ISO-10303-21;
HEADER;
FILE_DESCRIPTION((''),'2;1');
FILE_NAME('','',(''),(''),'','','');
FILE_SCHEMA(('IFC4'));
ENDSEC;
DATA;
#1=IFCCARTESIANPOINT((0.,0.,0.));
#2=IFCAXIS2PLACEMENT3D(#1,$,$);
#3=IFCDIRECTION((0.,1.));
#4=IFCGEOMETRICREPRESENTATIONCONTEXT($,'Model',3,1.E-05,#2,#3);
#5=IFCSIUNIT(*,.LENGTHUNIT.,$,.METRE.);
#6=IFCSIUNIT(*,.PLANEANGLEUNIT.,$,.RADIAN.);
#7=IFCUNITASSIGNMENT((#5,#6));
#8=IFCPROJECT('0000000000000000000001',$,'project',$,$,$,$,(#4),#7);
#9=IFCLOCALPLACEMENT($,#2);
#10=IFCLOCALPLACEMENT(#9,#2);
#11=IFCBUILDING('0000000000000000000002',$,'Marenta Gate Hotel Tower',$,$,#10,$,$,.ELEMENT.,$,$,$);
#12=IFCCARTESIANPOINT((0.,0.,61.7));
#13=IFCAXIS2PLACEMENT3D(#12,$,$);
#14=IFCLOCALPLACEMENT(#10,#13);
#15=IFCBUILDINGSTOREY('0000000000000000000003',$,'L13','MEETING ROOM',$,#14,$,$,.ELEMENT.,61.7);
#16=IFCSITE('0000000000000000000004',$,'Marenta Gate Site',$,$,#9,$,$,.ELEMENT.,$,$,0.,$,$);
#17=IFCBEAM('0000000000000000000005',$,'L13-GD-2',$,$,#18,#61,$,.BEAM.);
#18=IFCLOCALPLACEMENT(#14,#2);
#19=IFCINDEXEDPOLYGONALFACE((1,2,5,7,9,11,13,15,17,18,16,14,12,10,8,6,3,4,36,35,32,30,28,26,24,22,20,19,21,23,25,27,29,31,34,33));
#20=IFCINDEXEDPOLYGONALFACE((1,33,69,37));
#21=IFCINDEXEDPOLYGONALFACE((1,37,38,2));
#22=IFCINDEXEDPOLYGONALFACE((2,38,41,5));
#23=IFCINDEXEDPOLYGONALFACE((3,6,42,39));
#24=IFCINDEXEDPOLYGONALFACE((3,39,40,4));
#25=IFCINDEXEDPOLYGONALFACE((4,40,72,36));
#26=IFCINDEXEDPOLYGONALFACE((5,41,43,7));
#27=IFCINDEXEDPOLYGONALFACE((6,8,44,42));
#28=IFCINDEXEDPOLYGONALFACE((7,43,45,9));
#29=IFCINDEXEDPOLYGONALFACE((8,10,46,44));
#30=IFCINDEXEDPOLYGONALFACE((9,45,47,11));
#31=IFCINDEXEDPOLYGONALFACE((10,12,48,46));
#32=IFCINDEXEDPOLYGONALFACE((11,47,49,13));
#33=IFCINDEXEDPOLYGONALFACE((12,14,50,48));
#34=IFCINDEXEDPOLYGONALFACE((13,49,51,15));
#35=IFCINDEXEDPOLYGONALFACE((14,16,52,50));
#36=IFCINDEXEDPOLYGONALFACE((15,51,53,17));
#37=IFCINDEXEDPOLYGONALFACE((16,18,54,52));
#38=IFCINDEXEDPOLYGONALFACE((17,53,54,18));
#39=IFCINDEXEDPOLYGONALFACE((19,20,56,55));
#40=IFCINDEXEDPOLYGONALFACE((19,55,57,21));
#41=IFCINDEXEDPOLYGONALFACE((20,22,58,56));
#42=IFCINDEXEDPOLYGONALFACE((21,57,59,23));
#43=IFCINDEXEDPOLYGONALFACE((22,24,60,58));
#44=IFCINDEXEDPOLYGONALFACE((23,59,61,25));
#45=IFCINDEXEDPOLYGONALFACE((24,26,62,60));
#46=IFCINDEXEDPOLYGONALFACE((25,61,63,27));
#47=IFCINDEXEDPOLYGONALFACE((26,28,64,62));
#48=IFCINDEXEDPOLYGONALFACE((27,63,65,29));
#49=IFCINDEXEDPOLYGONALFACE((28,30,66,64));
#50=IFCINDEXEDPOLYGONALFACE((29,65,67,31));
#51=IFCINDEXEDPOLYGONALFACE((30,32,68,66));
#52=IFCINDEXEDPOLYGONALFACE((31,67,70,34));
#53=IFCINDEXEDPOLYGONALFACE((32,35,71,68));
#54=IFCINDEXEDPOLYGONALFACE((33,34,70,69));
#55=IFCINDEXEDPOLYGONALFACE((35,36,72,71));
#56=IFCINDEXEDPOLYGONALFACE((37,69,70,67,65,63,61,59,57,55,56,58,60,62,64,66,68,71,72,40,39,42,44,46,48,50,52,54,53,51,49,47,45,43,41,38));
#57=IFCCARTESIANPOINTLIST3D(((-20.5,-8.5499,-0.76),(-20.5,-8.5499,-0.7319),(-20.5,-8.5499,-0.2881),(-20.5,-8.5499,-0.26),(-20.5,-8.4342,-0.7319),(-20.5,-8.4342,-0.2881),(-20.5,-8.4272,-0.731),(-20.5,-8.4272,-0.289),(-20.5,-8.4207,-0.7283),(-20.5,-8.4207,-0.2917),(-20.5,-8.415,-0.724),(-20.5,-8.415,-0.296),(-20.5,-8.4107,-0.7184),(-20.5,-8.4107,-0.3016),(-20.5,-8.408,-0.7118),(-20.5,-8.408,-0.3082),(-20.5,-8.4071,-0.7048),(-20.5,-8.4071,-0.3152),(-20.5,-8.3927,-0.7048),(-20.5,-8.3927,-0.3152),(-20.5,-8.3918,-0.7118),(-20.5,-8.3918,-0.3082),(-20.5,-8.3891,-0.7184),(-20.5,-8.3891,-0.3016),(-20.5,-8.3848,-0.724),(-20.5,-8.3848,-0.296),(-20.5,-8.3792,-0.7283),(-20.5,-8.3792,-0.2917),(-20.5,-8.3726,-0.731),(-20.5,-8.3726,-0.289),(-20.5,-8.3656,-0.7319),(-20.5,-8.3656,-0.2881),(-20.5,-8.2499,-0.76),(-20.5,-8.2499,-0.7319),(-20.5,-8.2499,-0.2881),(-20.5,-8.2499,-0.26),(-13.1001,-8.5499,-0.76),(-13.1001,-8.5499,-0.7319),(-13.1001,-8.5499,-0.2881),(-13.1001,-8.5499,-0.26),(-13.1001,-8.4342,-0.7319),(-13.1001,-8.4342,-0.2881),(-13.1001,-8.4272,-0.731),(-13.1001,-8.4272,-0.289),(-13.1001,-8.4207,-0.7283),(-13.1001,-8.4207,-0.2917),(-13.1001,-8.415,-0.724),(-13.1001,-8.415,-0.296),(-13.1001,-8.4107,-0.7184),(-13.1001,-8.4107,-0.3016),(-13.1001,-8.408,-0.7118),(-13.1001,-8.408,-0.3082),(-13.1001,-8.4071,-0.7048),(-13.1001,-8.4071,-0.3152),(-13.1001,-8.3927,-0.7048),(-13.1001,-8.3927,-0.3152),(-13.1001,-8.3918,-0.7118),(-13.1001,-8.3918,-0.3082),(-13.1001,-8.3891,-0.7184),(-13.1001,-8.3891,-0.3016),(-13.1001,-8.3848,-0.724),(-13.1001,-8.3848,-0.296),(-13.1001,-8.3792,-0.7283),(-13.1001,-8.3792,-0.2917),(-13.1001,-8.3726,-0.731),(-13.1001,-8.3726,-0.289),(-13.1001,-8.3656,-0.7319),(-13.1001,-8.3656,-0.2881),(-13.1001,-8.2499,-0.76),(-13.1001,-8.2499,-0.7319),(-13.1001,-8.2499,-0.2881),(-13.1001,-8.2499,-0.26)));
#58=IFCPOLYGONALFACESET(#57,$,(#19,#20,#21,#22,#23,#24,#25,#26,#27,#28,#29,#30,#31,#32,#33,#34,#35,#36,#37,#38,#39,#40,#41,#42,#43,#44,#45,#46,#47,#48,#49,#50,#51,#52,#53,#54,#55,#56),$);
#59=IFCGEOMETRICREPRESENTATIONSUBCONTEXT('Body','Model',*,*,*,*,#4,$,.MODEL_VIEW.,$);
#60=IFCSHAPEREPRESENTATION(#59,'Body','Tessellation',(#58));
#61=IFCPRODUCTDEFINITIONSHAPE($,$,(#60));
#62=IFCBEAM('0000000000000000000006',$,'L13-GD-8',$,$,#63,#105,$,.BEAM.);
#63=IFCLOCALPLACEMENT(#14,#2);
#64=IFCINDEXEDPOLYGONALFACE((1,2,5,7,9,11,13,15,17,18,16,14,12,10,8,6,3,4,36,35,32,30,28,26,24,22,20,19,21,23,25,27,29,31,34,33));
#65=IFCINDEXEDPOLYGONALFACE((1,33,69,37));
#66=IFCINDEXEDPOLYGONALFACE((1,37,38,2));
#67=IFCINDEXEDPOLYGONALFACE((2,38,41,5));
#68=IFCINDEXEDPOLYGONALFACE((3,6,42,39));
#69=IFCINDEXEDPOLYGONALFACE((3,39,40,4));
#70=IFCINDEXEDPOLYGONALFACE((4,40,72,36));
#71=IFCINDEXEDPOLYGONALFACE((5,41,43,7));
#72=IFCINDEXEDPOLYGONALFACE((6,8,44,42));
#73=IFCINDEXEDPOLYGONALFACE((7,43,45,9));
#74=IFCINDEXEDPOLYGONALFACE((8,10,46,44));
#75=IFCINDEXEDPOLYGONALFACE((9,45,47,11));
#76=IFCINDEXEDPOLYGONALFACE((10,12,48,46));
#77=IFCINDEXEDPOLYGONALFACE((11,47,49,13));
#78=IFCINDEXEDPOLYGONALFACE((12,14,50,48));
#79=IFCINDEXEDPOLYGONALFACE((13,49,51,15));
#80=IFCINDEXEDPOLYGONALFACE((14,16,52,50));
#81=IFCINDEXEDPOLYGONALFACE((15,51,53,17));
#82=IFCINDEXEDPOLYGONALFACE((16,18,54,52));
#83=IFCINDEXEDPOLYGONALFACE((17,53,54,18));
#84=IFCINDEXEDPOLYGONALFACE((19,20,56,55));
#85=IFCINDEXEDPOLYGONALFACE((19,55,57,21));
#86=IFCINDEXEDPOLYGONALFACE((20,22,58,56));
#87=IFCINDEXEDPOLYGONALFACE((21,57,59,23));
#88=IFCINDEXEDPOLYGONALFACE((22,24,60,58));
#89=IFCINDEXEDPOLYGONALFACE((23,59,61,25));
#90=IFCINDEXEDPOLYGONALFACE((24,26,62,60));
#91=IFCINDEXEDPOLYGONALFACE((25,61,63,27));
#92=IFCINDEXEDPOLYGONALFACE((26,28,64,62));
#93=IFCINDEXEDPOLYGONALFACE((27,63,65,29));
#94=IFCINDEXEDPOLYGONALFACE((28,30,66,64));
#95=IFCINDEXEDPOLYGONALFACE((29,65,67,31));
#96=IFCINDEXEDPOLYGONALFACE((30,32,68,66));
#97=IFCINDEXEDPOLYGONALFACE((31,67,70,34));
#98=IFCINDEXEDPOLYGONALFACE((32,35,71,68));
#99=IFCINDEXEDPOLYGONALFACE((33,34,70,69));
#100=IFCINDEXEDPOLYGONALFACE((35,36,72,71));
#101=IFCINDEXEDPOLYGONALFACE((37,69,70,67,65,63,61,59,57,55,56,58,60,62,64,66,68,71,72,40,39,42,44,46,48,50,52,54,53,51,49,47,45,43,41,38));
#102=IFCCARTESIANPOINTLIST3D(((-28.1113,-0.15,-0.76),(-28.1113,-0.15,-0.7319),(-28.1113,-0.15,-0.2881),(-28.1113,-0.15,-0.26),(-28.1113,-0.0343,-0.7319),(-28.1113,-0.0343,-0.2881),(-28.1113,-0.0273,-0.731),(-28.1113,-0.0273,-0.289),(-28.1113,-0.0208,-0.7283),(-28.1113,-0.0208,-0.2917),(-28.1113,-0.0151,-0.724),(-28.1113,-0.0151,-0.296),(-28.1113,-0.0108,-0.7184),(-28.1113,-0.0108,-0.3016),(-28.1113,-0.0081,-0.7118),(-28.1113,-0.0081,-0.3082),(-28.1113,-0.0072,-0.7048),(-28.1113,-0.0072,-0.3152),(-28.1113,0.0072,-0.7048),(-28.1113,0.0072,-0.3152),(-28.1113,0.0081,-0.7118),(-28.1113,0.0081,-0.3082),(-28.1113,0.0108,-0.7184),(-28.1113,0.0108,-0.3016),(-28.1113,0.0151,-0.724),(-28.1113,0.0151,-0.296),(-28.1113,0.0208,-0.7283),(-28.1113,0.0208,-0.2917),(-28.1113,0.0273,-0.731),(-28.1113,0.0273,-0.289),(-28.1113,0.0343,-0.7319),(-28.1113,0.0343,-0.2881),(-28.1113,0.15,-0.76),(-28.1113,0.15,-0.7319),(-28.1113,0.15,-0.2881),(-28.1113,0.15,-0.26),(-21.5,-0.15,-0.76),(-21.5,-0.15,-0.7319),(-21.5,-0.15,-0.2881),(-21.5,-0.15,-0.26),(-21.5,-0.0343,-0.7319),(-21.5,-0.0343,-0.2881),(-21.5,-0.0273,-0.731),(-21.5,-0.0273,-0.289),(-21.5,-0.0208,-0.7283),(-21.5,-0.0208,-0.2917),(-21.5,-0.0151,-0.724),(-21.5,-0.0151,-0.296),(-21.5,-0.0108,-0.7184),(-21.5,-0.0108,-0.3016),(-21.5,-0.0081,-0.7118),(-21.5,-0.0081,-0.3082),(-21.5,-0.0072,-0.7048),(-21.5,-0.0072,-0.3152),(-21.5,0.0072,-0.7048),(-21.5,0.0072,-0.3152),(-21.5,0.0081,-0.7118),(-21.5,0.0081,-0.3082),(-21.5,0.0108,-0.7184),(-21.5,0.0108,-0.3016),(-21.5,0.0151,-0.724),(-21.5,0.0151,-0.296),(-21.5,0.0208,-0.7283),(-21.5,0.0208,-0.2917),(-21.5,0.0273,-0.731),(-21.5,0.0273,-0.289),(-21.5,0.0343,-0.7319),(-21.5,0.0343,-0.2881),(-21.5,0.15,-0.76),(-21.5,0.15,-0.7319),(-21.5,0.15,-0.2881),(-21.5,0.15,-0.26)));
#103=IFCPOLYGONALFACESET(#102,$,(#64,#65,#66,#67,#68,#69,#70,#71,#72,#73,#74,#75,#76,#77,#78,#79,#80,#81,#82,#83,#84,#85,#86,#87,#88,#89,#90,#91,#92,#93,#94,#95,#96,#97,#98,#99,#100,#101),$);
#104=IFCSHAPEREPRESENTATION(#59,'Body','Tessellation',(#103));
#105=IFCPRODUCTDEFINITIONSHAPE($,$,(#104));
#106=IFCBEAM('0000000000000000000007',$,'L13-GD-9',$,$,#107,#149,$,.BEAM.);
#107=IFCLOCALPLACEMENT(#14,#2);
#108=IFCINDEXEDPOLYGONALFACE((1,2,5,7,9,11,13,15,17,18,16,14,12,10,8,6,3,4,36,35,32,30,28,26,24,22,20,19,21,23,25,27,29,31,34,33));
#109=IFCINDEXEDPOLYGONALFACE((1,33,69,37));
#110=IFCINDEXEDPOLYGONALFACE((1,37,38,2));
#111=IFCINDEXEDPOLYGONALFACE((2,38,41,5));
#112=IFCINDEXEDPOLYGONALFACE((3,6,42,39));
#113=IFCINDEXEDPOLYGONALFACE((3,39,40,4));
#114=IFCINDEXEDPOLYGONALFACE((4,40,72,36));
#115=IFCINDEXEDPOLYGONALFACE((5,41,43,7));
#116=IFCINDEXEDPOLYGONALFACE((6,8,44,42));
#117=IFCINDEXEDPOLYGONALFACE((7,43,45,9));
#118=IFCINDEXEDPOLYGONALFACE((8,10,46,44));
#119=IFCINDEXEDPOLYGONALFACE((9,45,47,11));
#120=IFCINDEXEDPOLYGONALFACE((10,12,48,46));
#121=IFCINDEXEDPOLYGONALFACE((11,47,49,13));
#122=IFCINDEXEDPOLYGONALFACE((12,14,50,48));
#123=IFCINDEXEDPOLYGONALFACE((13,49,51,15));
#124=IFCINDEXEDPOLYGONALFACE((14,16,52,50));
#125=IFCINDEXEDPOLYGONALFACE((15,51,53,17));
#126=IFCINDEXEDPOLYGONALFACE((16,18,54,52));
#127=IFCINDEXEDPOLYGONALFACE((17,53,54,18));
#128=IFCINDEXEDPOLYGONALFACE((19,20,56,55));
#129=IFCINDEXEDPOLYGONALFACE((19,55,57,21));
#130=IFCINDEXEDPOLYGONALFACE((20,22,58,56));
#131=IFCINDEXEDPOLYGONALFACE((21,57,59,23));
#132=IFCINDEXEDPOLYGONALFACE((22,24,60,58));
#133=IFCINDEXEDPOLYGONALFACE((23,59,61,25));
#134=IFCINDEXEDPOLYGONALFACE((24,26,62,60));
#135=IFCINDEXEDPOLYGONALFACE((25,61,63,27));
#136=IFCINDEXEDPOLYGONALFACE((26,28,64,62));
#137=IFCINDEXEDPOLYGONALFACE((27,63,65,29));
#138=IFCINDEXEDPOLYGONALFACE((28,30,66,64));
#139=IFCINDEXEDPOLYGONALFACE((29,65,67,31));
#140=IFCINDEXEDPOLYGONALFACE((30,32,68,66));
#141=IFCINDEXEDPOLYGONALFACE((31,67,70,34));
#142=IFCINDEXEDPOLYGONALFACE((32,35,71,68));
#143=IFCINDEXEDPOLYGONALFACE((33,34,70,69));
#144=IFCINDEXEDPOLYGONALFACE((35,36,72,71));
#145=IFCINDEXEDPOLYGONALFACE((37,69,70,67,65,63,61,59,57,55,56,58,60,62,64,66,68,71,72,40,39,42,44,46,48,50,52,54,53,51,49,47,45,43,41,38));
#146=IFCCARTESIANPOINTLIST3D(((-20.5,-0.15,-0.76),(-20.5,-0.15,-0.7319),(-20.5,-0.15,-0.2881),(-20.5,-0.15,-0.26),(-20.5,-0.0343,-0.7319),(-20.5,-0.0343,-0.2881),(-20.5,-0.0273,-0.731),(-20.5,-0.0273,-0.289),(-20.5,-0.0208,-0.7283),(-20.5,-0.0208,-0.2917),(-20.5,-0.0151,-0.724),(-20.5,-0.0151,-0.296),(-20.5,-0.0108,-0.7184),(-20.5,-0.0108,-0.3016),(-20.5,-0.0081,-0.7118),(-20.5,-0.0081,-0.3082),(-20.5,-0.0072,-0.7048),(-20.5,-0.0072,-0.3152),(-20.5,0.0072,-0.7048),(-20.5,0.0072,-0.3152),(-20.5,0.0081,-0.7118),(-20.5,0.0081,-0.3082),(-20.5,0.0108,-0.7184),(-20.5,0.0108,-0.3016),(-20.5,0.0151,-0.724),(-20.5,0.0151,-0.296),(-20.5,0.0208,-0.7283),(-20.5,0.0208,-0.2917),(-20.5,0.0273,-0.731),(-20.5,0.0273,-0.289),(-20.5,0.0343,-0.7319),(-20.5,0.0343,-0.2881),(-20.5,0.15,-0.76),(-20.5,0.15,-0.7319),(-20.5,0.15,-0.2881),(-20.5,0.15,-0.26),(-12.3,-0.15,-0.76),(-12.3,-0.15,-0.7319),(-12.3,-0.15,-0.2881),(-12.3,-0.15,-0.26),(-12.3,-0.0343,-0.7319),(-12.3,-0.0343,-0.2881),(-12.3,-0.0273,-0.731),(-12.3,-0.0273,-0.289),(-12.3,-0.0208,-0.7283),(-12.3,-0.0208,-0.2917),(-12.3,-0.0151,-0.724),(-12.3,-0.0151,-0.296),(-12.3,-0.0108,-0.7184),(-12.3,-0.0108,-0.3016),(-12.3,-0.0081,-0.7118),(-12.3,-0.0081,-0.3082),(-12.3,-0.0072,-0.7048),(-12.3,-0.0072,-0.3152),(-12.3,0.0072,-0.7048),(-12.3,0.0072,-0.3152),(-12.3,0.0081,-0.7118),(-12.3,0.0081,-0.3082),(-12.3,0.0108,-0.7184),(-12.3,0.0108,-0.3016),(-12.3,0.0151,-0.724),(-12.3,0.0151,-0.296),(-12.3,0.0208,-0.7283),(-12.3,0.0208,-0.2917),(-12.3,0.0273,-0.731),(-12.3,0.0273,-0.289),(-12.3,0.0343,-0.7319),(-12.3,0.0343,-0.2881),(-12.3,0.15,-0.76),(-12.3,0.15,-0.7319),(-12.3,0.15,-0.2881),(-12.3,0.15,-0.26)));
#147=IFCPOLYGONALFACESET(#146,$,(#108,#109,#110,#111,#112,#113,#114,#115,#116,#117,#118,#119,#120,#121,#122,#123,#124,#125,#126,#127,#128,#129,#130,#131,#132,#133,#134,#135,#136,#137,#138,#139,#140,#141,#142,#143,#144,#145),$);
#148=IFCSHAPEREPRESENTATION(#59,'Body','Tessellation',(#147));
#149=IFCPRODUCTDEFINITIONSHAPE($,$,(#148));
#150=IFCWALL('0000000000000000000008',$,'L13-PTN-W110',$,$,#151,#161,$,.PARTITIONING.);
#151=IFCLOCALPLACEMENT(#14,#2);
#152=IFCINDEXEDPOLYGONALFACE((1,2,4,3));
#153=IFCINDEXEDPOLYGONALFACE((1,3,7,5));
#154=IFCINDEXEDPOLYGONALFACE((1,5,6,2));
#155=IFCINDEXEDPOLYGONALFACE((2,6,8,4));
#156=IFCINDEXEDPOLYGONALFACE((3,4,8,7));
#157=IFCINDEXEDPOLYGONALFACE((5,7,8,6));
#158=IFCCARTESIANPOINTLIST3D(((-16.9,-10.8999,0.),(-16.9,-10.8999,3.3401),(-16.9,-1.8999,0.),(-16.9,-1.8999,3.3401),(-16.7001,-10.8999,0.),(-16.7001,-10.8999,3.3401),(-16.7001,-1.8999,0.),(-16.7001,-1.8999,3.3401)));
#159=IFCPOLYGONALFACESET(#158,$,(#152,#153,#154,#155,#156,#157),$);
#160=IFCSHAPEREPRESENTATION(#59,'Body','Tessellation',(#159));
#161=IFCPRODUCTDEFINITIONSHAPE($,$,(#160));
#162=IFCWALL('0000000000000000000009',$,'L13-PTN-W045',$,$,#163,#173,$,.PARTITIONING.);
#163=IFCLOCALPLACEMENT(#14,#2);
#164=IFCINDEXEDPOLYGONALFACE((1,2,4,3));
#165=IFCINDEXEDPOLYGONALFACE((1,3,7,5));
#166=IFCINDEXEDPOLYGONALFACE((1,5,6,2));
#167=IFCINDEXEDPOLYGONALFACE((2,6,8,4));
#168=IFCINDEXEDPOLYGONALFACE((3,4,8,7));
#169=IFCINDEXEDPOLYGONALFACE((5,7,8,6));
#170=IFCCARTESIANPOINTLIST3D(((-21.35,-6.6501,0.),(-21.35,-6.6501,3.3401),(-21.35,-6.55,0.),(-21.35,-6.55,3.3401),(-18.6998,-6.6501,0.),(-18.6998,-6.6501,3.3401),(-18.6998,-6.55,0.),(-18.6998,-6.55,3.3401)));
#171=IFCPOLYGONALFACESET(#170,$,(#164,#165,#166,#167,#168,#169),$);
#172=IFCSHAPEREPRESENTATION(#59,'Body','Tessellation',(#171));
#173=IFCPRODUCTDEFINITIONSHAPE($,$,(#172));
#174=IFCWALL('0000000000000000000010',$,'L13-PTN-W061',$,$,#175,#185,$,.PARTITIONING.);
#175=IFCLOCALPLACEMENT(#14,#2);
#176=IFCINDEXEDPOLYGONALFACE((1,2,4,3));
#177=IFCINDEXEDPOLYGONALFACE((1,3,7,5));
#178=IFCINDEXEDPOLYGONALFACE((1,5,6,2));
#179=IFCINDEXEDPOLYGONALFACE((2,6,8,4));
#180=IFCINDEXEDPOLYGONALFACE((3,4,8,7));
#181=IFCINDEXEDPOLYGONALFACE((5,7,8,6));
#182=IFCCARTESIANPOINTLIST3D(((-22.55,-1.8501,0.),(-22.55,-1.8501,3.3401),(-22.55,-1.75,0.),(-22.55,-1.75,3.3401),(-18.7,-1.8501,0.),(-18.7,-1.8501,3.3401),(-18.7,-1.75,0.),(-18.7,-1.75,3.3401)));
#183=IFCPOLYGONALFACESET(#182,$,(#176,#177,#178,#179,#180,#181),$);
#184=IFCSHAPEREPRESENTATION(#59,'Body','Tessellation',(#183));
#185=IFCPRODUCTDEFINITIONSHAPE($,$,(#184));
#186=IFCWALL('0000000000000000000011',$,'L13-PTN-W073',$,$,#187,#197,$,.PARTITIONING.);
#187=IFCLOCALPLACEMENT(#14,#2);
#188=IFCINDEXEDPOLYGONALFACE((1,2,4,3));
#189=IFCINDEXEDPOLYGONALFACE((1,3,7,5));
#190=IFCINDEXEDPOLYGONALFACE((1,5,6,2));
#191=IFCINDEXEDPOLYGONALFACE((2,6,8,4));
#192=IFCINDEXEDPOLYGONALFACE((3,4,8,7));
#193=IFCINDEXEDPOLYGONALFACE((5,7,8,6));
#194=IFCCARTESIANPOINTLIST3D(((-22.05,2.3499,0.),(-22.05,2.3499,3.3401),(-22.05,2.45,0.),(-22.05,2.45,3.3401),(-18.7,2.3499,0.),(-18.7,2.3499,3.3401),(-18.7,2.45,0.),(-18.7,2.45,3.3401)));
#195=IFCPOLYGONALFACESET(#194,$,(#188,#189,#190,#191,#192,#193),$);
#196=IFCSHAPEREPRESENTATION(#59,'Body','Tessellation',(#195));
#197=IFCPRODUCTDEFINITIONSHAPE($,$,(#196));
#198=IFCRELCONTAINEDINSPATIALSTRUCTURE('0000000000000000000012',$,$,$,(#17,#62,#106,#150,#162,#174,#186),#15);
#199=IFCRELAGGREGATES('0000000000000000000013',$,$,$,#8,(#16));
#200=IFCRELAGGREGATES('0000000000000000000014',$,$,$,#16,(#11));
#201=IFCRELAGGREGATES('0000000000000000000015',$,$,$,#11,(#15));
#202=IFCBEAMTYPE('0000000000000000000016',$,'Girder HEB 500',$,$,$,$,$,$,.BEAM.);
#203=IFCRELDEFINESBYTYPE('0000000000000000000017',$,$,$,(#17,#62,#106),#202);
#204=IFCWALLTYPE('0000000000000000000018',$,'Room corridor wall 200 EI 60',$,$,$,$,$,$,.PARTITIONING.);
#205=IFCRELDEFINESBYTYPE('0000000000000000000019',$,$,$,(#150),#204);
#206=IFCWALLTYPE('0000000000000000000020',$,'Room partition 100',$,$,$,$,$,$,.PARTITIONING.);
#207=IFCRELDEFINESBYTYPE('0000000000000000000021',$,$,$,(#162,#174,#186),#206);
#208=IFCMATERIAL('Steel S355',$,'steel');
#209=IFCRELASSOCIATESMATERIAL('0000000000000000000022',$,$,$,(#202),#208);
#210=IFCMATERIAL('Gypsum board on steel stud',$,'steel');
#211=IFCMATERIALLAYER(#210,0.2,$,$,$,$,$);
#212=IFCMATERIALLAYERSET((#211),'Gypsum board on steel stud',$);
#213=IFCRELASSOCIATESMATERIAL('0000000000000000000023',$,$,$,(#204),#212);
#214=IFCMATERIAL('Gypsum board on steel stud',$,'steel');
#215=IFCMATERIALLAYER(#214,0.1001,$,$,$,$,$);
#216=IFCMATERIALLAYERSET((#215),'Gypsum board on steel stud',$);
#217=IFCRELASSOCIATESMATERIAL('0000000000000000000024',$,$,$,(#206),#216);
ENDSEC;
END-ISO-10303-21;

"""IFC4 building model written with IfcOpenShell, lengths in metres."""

from ifc_helpers import new_model, si_unit, direction, frame, frame_2d, origin, origin_2d, place, context, subcontext, project, spatial, rectangle, i_section, extrude, material, layer, layer_set, material_profile, profile_set, type_object, element, save


model = new_model("IFC4")

# Units and contexts
model_context = context("Model", 3, precision=1e-05, world=origin(), true_north=direction((0.0, 1.0)))
body_context = subcontext(model_context, "Body", "Model", "MODEL_VIEW")
ifc_project = project(units=[si_unit("LENGTHUNIT", "METRE"), si_unit("PLANEANGLEUNIT", "RADIAN")], contexts=[model_context])

# Site, building, storey
site_placement = place(None, origin())
site = spatial("IfcSite", under=ifc_project, at=site_placement, Name="Marenta Gate Site", CompositionType="ELEMENT", RefElevation=0.0)
building_placement = place(site_placement, origin())
building = spatial("IfcBuilding", under=site, at=building_placement, Name="Marenta Gate Hotel Tower", CompositionType="ELEMENT")
storey_placement = place(building_placement, frame((0.0, 0.0, 61.7)))
storey = spatial("IfcBuildingStorey", under=building, at=storey_placement, Name="L13", Description="MEETING ROOM", CompositionType="ELEMENT", Elevation=61.7)

# Beams
ifc_material_1 = material(Name="Steel S355", Category="steel")
ifc_material_profile_1 = material_profile(ifc_material_1, i_section(OverallWidth=0.3, OverallDepth=0.5, WebThickness=0.0144, FlangeThickness=0.0281, FilletRadius=0.0271, at=origin_2d()), Name="HEB 500")
ifc_profile_set_1 = profile_set([ifc_material_profile_1], Name="Steel S355")
beam_type_1 = type_object("IfcBeamType", Name="Girder HEB 500", PredefinedType="BEAM", material=ifc_profile_set_1)
beam_1_placement = place(storey_placement, frame((-20.5, -8.3999, -0.51), z_axis=(1.0, 0.0, 0.0), x_axis=(0.0, 1.0, 0.0)))
element("IfcBeam", 1, at=beam_1_placement, inside=storey, type_object=beam_type_1, Name="L13-GD-2", PredefinedType="BEAM", context=body_context, shape_type="SweptSolid", body=[
    extrude(i_section(OverallWidth=0.3, OverallDepth=0.5, WebThickness=0.0144, FlangeThickness=0.0281, FilletRadius=0.0271, at=origin_2d()), origin(), (0.0, 0.0, 1.0), 7.3999),
])
beam_2_placement = place(storey_placement, frame((-28.1113, 0.0, -0.51), z_axis=(1.0, 0.0, 0.0), x_axis=(0.0, 1.0, 0.0)))
element("IfcBeam", 2, at=beam_2_placement, inside=storey, type_object=beam_type_1, Name="L13-GD-8", PredefinedType="BEAM", context=body_context, shape_type="SweptSolid", body=[
    extrude(i_section(OverallWidth=0.3, OverallDepth=0.5, WebThickness=0.0144, FlangeThickness=0.0281, FilletRadius=0.0271, at=origin_2d()), origin(), (0.0, 0.0, 1.0), 6.6113),
])
beam_3_placement = place(storey_placement, frame((-20.5, 0.0, -0.51), z_axis=(1.0, 0.0, 0.0), x_axis=(0.0, 1.0, 0.0)))
element("IfcBeam", 3, at=beam_3_placement, inside=storey, type_object=beam_type_1, Name="L13-GD-9", PredefinedType="BEAM", context=body_context, shape_type="SweptSolid", body=[
    extrude(i_section(OverallWidth=0.3, OverallDepth=0.5, WebThickness=0.0144, FlangeThickness=0.0281, FilletRadius=0.0271, at=origin_2d()), origin(), (0.0, 0.0, 1.0), 8.2),
])

# Shared definitions
ifc_material_2 = material(Name="Gypsum board on steel stud", Category="steel")
ifc_layer_1 = layer(ifc_material_2, 0.2)
ifc_layer_set_1 = layer_set([ifc_layer_1], Name="Gypsum board on steel stud")
wall_type_1 = type_object("IfcWallType", Name="Room corridor wall 200 EI 60", PredefinedType="PARTITIONING", material=ifc_layer_set_1)

# Walls
wall_1_placement = place(storey_placement, frame((-16.8, -10.8999, 0.0), z_axis=(0.0, 0.0, 1.0), x_axis=(0.0, 1.0, 0.0)))
element("IfcWall", 4, at=wall_1_placement, inside=storey, type_object=wall_type_1, Name="L13-PTN-W110", PredefinedType="PARTITIONING", context=body_context, shape_type="SweptSolid", body=[
    extrude(rectangle(XDim=9.0, YDim=0.2, at=frame_2d((4.5, 0.0))), origin(), (0.0, 0.0, 1.0), 3.3401),
])
ifc_material_3 = material(Name="Gypsum board on steel stud", Category="steel")
ifc_layer_2 = layer(ifc_material_3, 0.1001)
ifc_layer_set_2 = layer_set([ifc_layer_2], Name="Gypsum board on steel stud")
wall_type_2 = type_object("IfcWallType", Name="Room partition 100", PredefinedType="PARTITIONING", material=ifc_layer_set_2)
wall_2_placement = place(storey_placement, frame((-21.3501, -6.6001, 0.0), z_axis=(0.0, 0.0, 1.0), x_axis=(1.0, 0.0, 0.0)))
element("IfcWall", 5, at=wall_2_placement, inside=storey, type_object=wall_type_2, Name="L13-PTN-W045", PredefinedType="PARTITIONING", context=body_context, shape_type="SweptSolid", body=[
    extrude(rectangle(XDim=2.6501, YDim=0.1001, at=frame_2d((1.3252, 0.0))), origin(), (0.0, 0.0, 1.0), 3.3401),
])
wall_3_placement = place(storey_placement, frame((-22.55, -1.8, 0.0), z_axis=(0.0, 0.0, 1.0), x_axis=(1.0, 0.0, 0.0)))
element("IfcWall", 6, at=wall_3_placement, inside=storey, type_object=wall_type_2, Name="L13-PTN-W061", PredefinedType="PARTITIONING", context=body_context, shape_type="SweptSolid", body=[
    extrude(rectangle(XDim=3.8501, YDim=0.1001, at=frame_2d((1.925, 0.0))), origin(), (0.0, 0.0, 1.0), 3.3401),
])
wall_4_placement = place(storey_placement, frame((-22.05, 2.3999, 0.0), z_axis=(0.0, 0.0, 1.0), x_axis=(1.0, 0.0, 0.0)))
element("IfcWall", 7, at=wall_4_placement, inside=storey, type_object=wall_type_2, Name="L13-PTN-W073", PredefinedType="PARTITIONING", context=body_context, shape_type="SweptSolid", body=[
    extrude(rectangle(XDim=3.3501, YDim=0.1001, at=frame_2d((1.675, 0.0))), origin(), (0.0, 0.0, 1.0), 3.3401),
])

save(model, "model.ifc")
